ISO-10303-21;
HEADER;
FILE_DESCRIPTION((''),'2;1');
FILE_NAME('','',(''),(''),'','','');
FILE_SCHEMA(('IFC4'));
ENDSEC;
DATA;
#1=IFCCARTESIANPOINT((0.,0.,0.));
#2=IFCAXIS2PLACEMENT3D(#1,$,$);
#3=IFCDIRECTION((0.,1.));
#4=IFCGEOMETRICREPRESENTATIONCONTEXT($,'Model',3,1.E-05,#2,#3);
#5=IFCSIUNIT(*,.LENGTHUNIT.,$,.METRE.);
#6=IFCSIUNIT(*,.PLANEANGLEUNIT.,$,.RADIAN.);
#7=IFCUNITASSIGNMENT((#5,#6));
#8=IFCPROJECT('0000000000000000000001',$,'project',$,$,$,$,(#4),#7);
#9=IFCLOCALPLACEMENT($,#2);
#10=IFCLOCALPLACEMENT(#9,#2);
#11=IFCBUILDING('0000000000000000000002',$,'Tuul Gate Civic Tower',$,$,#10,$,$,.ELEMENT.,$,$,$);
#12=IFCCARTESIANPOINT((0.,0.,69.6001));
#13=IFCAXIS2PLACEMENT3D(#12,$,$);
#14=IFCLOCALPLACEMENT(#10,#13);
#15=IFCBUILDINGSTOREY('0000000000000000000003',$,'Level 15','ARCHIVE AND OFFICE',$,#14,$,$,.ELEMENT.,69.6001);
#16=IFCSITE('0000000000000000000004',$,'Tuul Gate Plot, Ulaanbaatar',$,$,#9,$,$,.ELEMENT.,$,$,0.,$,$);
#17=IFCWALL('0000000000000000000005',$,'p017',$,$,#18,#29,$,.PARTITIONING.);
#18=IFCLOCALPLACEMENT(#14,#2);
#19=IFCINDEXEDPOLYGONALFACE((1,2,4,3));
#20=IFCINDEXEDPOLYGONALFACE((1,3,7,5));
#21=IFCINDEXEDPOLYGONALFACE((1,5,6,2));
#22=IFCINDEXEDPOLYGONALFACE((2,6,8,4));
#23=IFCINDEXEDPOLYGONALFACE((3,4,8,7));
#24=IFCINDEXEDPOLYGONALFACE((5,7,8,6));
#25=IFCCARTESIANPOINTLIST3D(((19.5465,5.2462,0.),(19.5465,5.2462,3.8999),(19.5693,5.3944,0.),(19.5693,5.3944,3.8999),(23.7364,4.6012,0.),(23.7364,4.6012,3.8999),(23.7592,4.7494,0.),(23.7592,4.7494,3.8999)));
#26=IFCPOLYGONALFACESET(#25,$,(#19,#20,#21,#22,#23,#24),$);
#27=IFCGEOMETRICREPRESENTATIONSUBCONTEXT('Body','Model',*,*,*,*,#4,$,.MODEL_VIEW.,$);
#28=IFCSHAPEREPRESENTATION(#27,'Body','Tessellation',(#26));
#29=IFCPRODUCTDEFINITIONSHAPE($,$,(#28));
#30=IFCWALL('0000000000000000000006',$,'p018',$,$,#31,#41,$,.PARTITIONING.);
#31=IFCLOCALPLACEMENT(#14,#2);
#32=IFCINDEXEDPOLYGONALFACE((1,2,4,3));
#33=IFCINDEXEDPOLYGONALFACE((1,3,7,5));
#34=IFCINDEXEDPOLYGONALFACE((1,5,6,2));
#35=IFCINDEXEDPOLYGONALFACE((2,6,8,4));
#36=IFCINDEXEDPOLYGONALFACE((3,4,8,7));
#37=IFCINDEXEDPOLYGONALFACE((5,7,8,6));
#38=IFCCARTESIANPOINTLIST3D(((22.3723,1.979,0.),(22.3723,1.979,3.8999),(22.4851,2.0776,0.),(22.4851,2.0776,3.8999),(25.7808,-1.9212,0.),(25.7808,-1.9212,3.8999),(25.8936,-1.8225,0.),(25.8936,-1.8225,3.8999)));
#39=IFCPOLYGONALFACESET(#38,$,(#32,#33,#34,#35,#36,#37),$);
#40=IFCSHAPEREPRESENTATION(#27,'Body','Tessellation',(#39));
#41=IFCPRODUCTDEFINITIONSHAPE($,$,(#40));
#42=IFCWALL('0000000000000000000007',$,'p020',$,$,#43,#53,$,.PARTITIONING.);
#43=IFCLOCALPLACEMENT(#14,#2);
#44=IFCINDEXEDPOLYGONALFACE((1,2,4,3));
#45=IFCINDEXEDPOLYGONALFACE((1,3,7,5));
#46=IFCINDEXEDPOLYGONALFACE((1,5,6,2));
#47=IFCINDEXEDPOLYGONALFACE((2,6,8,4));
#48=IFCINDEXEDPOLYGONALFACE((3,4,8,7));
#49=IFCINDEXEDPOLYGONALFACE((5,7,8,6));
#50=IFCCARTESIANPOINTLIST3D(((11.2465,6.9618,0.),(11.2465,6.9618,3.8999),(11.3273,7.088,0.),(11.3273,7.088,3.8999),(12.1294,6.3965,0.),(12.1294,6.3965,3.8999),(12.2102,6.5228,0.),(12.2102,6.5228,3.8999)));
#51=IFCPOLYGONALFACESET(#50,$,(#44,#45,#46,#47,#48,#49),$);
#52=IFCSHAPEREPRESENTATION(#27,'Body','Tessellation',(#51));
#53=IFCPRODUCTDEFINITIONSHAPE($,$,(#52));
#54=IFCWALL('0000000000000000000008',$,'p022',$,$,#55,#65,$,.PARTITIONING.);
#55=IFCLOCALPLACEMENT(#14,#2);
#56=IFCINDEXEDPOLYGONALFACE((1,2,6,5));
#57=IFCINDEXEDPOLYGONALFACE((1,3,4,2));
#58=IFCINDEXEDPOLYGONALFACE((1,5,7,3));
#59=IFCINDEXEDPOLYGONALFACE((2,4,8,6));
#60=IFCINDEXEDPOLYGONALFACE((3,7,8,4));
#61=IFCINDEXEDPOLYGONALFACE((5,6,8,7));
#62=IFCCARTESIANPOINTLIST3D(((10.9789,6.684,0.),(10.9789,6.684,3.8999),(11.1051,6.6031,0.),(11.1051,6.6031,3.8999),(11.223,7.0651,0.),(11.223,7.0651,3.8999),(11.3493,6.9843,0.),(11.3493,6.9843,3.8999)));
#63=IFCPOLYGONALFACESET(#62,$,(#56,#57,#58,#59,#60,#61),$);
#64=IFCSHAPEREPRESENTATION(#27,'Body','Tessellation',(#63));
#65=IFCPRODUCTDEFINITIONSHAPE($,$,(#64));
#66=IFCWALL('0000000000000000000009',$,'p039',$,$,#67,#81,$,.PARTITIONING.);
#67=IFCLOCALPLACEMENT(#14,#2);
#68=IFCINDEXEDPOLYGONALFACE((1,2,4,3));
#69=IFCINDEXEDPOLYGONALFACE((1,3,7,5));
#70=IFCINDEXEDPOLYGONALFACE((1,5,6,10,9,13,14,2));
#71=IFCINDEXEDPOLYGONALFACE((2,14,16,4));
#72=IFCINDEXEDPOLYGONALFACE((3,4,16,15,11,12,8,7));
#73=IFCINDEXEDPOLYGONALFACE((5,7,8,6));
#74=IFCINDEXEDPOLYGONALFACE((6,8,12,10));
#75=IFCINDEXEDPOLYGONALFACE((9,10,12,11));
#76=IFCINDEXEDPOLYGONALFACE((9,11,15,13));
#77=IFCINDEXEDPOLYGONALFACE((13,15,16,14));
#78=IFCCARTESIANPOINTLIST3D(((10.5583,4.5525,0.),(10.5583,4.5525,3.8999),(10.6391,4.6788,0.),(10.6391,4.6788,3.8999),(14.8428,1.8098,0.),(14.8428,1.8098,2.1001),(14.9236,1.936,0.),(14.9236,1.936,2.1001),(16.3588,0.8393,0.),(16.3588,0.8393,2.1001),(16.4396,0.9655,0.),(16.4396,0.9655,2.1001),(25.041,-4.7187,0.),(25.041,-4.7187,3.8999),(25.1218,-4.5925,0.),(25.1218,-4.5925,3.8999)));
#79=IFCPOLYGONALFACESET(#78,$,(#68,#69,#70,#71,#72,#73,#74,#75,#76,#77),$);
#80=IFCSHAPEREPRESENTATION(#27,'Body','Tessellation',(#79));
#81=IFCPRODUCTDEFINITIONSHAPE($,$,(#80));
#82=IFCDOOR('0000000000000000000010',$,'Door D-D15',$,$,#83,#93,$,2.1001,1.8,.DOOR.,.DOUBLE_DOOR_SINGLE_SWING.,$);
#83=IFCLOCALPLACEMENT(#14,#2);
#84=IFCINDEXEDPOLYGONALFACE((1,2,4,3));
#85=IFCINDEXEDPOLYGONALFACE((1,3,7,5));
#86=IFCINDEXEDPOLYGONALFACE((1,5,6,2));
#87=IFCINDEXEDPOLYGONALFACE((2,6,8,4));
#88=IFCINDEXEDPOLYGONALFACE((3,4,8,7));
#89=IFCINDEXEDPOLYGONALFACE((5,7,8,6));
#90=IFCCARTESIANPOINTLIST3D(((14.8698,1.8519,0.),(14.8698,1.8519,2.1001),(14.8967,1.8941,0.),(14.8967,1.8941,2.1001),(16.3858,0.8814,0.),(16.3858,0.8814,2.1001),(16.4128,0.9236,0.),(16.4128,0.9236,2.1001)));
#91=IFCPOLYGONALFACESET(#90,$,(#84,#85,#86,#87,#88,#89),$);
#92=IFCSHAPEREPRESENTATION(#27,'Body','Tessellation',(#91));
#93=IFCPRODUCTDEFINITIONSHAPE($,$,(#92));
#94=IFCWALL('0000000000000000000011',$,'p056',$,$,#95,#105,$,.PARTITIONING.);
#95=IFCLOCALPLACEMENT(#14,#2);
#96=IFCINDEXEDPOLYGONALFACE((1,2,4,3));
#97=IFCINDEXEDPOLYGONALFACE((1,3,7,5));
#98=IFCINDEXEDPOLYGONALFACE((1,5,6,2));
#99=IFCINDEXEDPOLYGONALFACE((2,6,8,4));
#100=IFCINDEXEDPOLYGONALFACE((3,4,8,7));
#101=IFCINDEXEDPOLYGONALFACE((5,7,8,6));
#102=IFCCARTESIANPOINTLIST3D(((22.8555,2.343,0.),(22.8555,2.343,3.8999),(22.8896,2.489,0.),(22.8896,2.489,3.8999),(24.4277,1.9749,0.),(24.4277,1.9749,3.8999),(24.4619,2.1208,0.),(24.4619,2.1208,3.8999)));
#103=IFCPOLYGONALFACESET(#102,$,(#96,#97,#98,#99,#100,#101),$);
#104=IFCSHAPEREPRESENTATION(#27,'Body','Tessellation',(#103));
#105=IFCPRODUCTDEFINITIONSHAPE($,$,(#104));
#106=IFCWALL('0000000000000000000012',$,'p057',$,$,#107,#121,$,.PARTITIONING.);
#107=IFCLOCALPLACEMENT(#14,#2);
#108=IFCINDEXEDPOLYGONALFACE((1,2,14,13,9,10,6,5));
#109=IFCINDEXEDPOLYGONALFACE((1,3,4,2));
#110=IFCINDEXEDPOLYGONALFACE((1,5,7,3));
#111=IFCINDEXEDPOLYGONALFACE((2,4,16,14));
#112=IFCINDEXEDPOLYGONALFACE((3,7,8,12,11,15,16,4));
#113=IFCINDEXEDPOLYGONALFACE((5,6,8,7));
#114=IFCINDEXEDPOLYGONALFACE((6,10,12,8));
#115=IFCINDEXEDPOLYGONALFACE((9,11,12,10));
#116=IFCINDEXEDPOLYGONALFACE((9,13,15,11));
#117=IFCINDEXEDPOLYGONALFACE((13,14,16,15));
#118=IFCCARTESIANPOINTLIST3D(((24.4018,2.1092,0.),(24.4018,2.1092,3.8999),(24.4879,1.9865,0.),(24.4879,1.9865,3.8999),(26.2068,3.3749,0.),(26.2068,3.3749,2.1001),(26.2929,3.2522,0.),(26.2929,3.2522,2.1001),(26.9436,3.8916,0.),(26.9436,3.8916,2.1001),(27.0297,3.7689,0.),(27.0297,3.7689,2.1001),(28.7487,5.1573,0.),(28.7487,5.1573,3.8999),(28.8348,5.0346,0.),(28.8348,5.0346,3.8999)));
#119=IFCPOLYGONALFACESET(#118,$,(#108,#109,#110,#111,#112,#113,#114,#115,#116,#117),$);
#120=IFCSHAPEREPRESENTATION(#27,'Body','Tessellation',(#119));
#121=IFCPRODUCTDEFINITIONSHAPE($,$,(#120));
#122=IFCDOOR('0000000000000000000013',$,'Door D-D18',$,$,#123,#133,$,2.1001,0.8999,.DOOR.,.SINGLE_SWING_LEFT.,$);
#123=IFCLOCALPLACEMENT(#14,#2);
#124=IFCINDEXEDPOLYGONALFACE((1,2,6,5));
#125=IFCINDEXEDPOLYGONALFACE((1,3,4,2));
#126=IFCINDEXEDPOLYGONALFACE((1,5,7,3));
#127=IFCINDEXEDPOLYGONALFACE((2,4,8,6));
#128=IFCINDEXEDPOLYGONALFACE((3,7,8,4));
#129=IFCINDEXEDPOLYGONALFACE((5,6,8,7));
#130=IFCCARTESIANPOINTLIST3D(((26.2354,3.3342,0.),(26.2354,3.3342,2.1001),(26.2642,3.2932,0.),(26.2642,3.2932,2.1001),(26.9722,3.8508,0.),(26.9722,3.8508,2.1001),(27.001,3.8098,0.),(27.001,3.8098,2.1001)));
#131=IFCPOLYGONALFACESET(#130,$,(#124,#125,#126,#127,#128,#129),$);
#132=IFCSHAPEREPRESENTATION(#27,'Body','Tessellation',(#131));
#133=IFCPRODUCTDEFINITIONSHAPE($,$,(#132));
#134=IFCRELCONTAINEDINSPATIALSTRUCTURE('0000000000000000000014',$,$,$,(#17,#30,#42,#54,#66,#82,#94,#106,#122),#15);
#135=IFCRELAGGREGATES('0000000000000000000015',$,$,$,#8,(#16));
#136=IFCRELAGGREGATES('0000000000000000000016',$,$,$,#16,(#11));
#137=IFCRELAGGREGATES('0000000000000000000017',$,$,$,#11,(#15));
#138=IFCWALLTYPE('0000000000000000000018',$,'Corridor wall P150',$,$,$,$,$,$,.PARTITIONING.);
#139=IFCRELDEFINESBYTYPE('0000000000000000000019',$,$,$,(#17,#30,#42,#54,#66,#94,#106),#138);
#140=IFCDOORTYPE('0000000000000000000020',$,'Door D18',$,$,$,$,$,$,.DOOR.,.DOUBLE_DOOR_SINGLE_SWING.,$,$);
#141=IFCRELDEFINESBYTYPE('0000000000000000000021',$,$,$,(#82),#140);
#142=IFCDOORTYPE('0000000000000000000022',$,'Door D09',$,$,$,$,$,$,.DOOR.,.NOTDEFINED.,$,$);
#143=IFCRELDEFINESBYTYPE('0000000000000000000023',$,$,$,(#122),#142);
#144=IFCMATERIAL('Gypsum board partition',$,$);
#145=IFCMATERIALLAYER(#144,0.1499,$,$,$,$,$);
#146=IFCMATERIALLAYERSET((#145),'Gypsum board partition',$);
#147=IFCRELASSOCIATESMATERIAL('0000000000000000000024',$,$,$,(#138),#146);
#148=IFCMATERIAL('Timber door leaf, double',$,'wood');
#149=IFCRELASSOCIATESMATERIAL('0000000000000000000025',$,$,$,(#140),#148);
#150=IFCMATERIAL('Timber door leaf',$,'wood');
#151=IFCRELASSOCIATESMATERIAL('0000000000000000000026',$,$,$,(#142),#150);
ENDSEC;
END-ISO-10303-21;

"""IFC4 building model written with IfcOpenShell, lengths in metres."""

from ifc_helpers import new_model, si_unit, direction, frame, frame_2d, origin, place, context, subcontext, project, spatial, rectangle, extrude, material, layer, layer_set, type_object, element, fill, save


model = new_model("IFC4")

# Units and contexts
model_context = context("Model", 3, precision=1e-05, world=origin(), true_north=direction((0.0, 1.0)))
body_context = subcontext(model_context, "Body", "Model", "MODEL_VIEW")
ifc_project = project(units=[si_unit("LENGTHUNIT", "METRE"), si_unit("PLANEANGLEUNIT", "RADIAN")], contexts=[model_context])

# Site, building, storey
site_placement = place(None, origin())
site = spatial("IfcSite", under=ifc_project, at=site_placement, Name="Tuul Gate Plot, Ulaanbaatar", CompositionType="ELEMENT", RefElevation=0.0)
building_placement = place(site_placement, origin())
building = spatial("IfcBuilding", under=site, at=building_placement, Name="Tuul Gate Civic Tower", CompositionType="ELEMENT")
storey_placement = place(building_placement, frame((0.0, 0.0, 69.6001)))
storey = spatial("IfcBuildingStorey", under=building, at=storey_placement, Name="Level 15", Description="ARCHIVE AND OFFICE", CompositionType="ELEMENT", Elevation=69.6001)

# Shared definitions
ifc_material_1 = material(Name="Gypsum board partition")
ifc_layer_1 = layer(ifc_material_1, 0.1499)
ifc_layer_set_1 = layer_set([ifc_layer_1], Name="Gypsum board partition")
wall_type_1 = type_object("IfcWallType", Name="Corridor wall P150", PredefinedType="PARTITIONING", material=ifc_layer_set_1)
ifc_material_2 = material(Name="Timber door leaf, double", Category="wood")
door_type_1 = type_object("IfcDoorType", Name="Door D18", OperationType="DOUBLE_DOOR_SINGLE_SWING", PredefinedType="DOOR", material=ifc_material_2)

# Walls
wall_1_placement = place(storey_placement, frame((19.5579, 5.3203, 0.0), z_axis=(0.0, 0.0, 1.0), x_axis=(0.988357, -0.152152, 0.0)))
element("IfcWall", 1, at=wall_1_placement, inside=storey, type_object=wall_type_1, Name="p017", PredefinedType="PARTITIONING", context=body_context, shape_type="SweptSolid", body=[
    extrude(rectangle(XDim=4.2393, YDim=0.1499, at=frame_2d((2.1196, 0.0))), origin(), (0.0, 0.0, 1.0), 3.8999),
])
wall_2_placement = place(storey_placement, frame((22.4287, 2.0283, 0.0), z_axis=(0.0, 0.0, 1.0), x_axis=(0.658047, -0.752977, 0.0)))
element("IfcWall", 2, at=wall_2_placement, inside=storey, type_object=wall_type_1, Name="p018", PredefinedType="PARTITIONING", context=body_context, shape_type="SweptSolid", body=[
    extrude(rectangle(XDim=5.1797, YDim=0.1499, at=frame_2d((2.5898, 0.0))), origin(), (0.0, 0.0, 1.0), 3.8999),
])
wall_3_placement = place(storey_placement, frame((11.2869, 7.0249, 0.0), z_axis=(0.0, 0.0, 1.0), x_axis=(0.842191, -0.539179, 0.0)))
element("IfcWall", 3, at=wall_3_placement, inside=storey, type_object=wall_type_1, Name="p020", PredefinedType="PARTITIONING", context=body_context, shape_type="SweptSolid", body=[
    extrude(rectangle(XDim=1.0483, YDim=0.1499, at=frame_2d((0.5242, 0.0))), origin(), (0.0, 0.0, 1.0), 3.8999),
])
wall_4_placement = place(storey_placement, frame((11.042, 6.6436, 0.0), z_axis=(0.0, 0.0, 1.0), x_axis=(0.539421, 0.842036, 0.0)))
element("IfcWall", 4, at=wall_4_placement, inside=storey, type_object=wall_type_1, Name="p022", PredefinedType="PARTITIONING", context=body_context, shape_type="SweptSolid", body=[
    extrude(rectangle(XDim=0.4526, YDim=0.1499, at=frame_2d((0.2263, 0.0))), origin(), (0.0, 0.0, 1.0), 3.8999),
])

# Wall, opening, door
wall_5_placement = place(storey_placement, frame((10.5986, 4.6157, 0.0), z_axis=(0.0, 0.0, 1.0), x_axis=(0.84221, -0.53915, 0.0)))
wall_5 = element("IfcWall", 5, at=wall_5_placement, inside=storey, type_object=wall_type_1, Name="p039", PredefinedType="PARTITIONING", context=body_context, shape_type="SweptSolid", body=[
    extrude(rectangle(XDim=17.196, YDim=0.1499, at=frame_2d((8.5981, 0.0))), origin(), (0.0, 0.0, 1.0), 3.8999),
])
opening_1_placement = place(wall_5_placement, frame((5.0874, 0.0, 0.0)))
opening_1 = element("IfcOpeningElement", 6, at=opening_1_placement, cuts=wall_5, PredefinedType="OPENING", context=body_context, shape_type="SweptSolid", body=[
    extrude(rectangle(XDim=1.8, YDim=2.1001, at=frame_2d((0.8999, 1.05))), frame((0.0, 0.085, 0.0), z_axis=(0.0, -1.0, 0.0), x_axis=(1.0, 0.0, 0.0)), (0.0, 0.0, 1.0), 0.1699),
])
door_1_placement = place(opening_1_placement, frame((1.8, 0.0, 0.0), z_axis=(0.0, 0.0, 1.0), x_axis=(-1.0, 0.0, 0.0)))
door_1 = element("IfcDoor", 7, at=door_1_placement, inside=storey, type_object=door_type_1, Name="Door D-D15", OperationType="DOUBLE_DOOR_SINGLE_SWING", OverallHeight=2.1001, OverallWidth=1.8, PredefinedType="DOOR", context=body_context, shape_type="SweptSolid", body=[
    extrude(rectangle(XDim=1.8, YDim=2.1001, at=frame_2d((0.9001, 1.05))), frame((0.0, 0.0249, 0.0), z_axis=(0.0, -1.0, 0.0), x_axis=(1.0, 0.0, 0.0)), (0.0, 0.0, 1.0), 0.05),
])
fill(opening_1, door_1)

# Wall
wall_6_placement = place(storey_placement, frame((22.8726, 2.416, 0.0), z_axis=(0.0, 0.0, 1.0), x_axis=(0.973662, -0.227994, 0.0)))
element("IfcWall", 8, at=wall_6_placement, inside=storey, type_object=wall_type_1, Name="p056", PredefinedType="PARTITIONING", context=body_context, shape_type="SweptSolid", body=[
    extrude(rectangle(XDim=1.6147, YDim=0.1499, at=frame_2d((0.8074, 0.0))), origin(), (0.0, 0.0, 1.0), 3.8999),
])

# Wall, opening, door
wall_7_placement = place(storey_placement, frame((24.4448, 2.0479, 0.0), z_axis=(0.0, 0.0, 1.0), x_axis=(0.818767, 0.574126, 0.0)))
wall_7 = element("IfcWall", 9, at=wall_7_placement, inside=storey, type_object=wall_type_1, Name="p057", PredefinedType="PARTITIONING", context=body_context, shape_type="SweptSolid", body=[
    extrude(rectangle(XDim=5.3091, YDim=0.1499, at=frame_2d((2.6545, 0.0))), origin(), (0.0, 0.0, 1.0), 3.8999),
])
opening_2_placement = place(wall_7_placement, frame((2.2046, 0.0, 0.0)))
opening_2 = element("IfcOpeningElement", 10, at=opening_2_placement, cuts=wall_7, PredefinedType="OPENING", context=body_context, shape_type="SweptSolid", body=[
    extrude(rectangle(XDim=0.8999, YDim=2.1001, at=frame_2d((0.45, 1.05))), frame((0.0, 0.085, 0.0), z_axis=(0.0, -1.0, 0.0), x_axis=(1.0, 0.0, 0.0)), (0.0, 0.0, 1.0), 0.1699),
])
ifc_material_3 = material(Name="Timber door leaf", Category="wood")
door_type_2 = type_object("IfcDoorType", Name="Door D09", OperationType="NOTDEFINED", PredefinedType="DOOR", material=ifc_material_3)
door_2_placement = place(opening_2_placement, frame((0.8999, 0.0, 0.0), z_axis=(0.0, 0.0, 1.0), x_axis=(-1.0, 0.0, 0.0)))
door_2 = element("IfcDoor", 11, at=door_2_placement, inside=storey, type_object=door_type_2, Name="Door D-D18", OperationType="SINGLE_SWING_LEFT", OverallHeight=2.1001, OverallWidth=0.8999, PredefinedType="DOOR", context=body_context, shape_type="SweptSolid", body=[
    extrude(rectangle(XDim=0.8999, YDim=2.1001, at=frame_2d((0.45, 1.05))), frame((0.0, 0.0249, 0.0), z_axis=(0.0, -1.0, 0.0), x_axis=(1.0, 0.0, 0.0)), (0.0, 0.0, 1.0), 0.05),
])
fill(opening_2, door_2)

save(model, "model.ifc")
